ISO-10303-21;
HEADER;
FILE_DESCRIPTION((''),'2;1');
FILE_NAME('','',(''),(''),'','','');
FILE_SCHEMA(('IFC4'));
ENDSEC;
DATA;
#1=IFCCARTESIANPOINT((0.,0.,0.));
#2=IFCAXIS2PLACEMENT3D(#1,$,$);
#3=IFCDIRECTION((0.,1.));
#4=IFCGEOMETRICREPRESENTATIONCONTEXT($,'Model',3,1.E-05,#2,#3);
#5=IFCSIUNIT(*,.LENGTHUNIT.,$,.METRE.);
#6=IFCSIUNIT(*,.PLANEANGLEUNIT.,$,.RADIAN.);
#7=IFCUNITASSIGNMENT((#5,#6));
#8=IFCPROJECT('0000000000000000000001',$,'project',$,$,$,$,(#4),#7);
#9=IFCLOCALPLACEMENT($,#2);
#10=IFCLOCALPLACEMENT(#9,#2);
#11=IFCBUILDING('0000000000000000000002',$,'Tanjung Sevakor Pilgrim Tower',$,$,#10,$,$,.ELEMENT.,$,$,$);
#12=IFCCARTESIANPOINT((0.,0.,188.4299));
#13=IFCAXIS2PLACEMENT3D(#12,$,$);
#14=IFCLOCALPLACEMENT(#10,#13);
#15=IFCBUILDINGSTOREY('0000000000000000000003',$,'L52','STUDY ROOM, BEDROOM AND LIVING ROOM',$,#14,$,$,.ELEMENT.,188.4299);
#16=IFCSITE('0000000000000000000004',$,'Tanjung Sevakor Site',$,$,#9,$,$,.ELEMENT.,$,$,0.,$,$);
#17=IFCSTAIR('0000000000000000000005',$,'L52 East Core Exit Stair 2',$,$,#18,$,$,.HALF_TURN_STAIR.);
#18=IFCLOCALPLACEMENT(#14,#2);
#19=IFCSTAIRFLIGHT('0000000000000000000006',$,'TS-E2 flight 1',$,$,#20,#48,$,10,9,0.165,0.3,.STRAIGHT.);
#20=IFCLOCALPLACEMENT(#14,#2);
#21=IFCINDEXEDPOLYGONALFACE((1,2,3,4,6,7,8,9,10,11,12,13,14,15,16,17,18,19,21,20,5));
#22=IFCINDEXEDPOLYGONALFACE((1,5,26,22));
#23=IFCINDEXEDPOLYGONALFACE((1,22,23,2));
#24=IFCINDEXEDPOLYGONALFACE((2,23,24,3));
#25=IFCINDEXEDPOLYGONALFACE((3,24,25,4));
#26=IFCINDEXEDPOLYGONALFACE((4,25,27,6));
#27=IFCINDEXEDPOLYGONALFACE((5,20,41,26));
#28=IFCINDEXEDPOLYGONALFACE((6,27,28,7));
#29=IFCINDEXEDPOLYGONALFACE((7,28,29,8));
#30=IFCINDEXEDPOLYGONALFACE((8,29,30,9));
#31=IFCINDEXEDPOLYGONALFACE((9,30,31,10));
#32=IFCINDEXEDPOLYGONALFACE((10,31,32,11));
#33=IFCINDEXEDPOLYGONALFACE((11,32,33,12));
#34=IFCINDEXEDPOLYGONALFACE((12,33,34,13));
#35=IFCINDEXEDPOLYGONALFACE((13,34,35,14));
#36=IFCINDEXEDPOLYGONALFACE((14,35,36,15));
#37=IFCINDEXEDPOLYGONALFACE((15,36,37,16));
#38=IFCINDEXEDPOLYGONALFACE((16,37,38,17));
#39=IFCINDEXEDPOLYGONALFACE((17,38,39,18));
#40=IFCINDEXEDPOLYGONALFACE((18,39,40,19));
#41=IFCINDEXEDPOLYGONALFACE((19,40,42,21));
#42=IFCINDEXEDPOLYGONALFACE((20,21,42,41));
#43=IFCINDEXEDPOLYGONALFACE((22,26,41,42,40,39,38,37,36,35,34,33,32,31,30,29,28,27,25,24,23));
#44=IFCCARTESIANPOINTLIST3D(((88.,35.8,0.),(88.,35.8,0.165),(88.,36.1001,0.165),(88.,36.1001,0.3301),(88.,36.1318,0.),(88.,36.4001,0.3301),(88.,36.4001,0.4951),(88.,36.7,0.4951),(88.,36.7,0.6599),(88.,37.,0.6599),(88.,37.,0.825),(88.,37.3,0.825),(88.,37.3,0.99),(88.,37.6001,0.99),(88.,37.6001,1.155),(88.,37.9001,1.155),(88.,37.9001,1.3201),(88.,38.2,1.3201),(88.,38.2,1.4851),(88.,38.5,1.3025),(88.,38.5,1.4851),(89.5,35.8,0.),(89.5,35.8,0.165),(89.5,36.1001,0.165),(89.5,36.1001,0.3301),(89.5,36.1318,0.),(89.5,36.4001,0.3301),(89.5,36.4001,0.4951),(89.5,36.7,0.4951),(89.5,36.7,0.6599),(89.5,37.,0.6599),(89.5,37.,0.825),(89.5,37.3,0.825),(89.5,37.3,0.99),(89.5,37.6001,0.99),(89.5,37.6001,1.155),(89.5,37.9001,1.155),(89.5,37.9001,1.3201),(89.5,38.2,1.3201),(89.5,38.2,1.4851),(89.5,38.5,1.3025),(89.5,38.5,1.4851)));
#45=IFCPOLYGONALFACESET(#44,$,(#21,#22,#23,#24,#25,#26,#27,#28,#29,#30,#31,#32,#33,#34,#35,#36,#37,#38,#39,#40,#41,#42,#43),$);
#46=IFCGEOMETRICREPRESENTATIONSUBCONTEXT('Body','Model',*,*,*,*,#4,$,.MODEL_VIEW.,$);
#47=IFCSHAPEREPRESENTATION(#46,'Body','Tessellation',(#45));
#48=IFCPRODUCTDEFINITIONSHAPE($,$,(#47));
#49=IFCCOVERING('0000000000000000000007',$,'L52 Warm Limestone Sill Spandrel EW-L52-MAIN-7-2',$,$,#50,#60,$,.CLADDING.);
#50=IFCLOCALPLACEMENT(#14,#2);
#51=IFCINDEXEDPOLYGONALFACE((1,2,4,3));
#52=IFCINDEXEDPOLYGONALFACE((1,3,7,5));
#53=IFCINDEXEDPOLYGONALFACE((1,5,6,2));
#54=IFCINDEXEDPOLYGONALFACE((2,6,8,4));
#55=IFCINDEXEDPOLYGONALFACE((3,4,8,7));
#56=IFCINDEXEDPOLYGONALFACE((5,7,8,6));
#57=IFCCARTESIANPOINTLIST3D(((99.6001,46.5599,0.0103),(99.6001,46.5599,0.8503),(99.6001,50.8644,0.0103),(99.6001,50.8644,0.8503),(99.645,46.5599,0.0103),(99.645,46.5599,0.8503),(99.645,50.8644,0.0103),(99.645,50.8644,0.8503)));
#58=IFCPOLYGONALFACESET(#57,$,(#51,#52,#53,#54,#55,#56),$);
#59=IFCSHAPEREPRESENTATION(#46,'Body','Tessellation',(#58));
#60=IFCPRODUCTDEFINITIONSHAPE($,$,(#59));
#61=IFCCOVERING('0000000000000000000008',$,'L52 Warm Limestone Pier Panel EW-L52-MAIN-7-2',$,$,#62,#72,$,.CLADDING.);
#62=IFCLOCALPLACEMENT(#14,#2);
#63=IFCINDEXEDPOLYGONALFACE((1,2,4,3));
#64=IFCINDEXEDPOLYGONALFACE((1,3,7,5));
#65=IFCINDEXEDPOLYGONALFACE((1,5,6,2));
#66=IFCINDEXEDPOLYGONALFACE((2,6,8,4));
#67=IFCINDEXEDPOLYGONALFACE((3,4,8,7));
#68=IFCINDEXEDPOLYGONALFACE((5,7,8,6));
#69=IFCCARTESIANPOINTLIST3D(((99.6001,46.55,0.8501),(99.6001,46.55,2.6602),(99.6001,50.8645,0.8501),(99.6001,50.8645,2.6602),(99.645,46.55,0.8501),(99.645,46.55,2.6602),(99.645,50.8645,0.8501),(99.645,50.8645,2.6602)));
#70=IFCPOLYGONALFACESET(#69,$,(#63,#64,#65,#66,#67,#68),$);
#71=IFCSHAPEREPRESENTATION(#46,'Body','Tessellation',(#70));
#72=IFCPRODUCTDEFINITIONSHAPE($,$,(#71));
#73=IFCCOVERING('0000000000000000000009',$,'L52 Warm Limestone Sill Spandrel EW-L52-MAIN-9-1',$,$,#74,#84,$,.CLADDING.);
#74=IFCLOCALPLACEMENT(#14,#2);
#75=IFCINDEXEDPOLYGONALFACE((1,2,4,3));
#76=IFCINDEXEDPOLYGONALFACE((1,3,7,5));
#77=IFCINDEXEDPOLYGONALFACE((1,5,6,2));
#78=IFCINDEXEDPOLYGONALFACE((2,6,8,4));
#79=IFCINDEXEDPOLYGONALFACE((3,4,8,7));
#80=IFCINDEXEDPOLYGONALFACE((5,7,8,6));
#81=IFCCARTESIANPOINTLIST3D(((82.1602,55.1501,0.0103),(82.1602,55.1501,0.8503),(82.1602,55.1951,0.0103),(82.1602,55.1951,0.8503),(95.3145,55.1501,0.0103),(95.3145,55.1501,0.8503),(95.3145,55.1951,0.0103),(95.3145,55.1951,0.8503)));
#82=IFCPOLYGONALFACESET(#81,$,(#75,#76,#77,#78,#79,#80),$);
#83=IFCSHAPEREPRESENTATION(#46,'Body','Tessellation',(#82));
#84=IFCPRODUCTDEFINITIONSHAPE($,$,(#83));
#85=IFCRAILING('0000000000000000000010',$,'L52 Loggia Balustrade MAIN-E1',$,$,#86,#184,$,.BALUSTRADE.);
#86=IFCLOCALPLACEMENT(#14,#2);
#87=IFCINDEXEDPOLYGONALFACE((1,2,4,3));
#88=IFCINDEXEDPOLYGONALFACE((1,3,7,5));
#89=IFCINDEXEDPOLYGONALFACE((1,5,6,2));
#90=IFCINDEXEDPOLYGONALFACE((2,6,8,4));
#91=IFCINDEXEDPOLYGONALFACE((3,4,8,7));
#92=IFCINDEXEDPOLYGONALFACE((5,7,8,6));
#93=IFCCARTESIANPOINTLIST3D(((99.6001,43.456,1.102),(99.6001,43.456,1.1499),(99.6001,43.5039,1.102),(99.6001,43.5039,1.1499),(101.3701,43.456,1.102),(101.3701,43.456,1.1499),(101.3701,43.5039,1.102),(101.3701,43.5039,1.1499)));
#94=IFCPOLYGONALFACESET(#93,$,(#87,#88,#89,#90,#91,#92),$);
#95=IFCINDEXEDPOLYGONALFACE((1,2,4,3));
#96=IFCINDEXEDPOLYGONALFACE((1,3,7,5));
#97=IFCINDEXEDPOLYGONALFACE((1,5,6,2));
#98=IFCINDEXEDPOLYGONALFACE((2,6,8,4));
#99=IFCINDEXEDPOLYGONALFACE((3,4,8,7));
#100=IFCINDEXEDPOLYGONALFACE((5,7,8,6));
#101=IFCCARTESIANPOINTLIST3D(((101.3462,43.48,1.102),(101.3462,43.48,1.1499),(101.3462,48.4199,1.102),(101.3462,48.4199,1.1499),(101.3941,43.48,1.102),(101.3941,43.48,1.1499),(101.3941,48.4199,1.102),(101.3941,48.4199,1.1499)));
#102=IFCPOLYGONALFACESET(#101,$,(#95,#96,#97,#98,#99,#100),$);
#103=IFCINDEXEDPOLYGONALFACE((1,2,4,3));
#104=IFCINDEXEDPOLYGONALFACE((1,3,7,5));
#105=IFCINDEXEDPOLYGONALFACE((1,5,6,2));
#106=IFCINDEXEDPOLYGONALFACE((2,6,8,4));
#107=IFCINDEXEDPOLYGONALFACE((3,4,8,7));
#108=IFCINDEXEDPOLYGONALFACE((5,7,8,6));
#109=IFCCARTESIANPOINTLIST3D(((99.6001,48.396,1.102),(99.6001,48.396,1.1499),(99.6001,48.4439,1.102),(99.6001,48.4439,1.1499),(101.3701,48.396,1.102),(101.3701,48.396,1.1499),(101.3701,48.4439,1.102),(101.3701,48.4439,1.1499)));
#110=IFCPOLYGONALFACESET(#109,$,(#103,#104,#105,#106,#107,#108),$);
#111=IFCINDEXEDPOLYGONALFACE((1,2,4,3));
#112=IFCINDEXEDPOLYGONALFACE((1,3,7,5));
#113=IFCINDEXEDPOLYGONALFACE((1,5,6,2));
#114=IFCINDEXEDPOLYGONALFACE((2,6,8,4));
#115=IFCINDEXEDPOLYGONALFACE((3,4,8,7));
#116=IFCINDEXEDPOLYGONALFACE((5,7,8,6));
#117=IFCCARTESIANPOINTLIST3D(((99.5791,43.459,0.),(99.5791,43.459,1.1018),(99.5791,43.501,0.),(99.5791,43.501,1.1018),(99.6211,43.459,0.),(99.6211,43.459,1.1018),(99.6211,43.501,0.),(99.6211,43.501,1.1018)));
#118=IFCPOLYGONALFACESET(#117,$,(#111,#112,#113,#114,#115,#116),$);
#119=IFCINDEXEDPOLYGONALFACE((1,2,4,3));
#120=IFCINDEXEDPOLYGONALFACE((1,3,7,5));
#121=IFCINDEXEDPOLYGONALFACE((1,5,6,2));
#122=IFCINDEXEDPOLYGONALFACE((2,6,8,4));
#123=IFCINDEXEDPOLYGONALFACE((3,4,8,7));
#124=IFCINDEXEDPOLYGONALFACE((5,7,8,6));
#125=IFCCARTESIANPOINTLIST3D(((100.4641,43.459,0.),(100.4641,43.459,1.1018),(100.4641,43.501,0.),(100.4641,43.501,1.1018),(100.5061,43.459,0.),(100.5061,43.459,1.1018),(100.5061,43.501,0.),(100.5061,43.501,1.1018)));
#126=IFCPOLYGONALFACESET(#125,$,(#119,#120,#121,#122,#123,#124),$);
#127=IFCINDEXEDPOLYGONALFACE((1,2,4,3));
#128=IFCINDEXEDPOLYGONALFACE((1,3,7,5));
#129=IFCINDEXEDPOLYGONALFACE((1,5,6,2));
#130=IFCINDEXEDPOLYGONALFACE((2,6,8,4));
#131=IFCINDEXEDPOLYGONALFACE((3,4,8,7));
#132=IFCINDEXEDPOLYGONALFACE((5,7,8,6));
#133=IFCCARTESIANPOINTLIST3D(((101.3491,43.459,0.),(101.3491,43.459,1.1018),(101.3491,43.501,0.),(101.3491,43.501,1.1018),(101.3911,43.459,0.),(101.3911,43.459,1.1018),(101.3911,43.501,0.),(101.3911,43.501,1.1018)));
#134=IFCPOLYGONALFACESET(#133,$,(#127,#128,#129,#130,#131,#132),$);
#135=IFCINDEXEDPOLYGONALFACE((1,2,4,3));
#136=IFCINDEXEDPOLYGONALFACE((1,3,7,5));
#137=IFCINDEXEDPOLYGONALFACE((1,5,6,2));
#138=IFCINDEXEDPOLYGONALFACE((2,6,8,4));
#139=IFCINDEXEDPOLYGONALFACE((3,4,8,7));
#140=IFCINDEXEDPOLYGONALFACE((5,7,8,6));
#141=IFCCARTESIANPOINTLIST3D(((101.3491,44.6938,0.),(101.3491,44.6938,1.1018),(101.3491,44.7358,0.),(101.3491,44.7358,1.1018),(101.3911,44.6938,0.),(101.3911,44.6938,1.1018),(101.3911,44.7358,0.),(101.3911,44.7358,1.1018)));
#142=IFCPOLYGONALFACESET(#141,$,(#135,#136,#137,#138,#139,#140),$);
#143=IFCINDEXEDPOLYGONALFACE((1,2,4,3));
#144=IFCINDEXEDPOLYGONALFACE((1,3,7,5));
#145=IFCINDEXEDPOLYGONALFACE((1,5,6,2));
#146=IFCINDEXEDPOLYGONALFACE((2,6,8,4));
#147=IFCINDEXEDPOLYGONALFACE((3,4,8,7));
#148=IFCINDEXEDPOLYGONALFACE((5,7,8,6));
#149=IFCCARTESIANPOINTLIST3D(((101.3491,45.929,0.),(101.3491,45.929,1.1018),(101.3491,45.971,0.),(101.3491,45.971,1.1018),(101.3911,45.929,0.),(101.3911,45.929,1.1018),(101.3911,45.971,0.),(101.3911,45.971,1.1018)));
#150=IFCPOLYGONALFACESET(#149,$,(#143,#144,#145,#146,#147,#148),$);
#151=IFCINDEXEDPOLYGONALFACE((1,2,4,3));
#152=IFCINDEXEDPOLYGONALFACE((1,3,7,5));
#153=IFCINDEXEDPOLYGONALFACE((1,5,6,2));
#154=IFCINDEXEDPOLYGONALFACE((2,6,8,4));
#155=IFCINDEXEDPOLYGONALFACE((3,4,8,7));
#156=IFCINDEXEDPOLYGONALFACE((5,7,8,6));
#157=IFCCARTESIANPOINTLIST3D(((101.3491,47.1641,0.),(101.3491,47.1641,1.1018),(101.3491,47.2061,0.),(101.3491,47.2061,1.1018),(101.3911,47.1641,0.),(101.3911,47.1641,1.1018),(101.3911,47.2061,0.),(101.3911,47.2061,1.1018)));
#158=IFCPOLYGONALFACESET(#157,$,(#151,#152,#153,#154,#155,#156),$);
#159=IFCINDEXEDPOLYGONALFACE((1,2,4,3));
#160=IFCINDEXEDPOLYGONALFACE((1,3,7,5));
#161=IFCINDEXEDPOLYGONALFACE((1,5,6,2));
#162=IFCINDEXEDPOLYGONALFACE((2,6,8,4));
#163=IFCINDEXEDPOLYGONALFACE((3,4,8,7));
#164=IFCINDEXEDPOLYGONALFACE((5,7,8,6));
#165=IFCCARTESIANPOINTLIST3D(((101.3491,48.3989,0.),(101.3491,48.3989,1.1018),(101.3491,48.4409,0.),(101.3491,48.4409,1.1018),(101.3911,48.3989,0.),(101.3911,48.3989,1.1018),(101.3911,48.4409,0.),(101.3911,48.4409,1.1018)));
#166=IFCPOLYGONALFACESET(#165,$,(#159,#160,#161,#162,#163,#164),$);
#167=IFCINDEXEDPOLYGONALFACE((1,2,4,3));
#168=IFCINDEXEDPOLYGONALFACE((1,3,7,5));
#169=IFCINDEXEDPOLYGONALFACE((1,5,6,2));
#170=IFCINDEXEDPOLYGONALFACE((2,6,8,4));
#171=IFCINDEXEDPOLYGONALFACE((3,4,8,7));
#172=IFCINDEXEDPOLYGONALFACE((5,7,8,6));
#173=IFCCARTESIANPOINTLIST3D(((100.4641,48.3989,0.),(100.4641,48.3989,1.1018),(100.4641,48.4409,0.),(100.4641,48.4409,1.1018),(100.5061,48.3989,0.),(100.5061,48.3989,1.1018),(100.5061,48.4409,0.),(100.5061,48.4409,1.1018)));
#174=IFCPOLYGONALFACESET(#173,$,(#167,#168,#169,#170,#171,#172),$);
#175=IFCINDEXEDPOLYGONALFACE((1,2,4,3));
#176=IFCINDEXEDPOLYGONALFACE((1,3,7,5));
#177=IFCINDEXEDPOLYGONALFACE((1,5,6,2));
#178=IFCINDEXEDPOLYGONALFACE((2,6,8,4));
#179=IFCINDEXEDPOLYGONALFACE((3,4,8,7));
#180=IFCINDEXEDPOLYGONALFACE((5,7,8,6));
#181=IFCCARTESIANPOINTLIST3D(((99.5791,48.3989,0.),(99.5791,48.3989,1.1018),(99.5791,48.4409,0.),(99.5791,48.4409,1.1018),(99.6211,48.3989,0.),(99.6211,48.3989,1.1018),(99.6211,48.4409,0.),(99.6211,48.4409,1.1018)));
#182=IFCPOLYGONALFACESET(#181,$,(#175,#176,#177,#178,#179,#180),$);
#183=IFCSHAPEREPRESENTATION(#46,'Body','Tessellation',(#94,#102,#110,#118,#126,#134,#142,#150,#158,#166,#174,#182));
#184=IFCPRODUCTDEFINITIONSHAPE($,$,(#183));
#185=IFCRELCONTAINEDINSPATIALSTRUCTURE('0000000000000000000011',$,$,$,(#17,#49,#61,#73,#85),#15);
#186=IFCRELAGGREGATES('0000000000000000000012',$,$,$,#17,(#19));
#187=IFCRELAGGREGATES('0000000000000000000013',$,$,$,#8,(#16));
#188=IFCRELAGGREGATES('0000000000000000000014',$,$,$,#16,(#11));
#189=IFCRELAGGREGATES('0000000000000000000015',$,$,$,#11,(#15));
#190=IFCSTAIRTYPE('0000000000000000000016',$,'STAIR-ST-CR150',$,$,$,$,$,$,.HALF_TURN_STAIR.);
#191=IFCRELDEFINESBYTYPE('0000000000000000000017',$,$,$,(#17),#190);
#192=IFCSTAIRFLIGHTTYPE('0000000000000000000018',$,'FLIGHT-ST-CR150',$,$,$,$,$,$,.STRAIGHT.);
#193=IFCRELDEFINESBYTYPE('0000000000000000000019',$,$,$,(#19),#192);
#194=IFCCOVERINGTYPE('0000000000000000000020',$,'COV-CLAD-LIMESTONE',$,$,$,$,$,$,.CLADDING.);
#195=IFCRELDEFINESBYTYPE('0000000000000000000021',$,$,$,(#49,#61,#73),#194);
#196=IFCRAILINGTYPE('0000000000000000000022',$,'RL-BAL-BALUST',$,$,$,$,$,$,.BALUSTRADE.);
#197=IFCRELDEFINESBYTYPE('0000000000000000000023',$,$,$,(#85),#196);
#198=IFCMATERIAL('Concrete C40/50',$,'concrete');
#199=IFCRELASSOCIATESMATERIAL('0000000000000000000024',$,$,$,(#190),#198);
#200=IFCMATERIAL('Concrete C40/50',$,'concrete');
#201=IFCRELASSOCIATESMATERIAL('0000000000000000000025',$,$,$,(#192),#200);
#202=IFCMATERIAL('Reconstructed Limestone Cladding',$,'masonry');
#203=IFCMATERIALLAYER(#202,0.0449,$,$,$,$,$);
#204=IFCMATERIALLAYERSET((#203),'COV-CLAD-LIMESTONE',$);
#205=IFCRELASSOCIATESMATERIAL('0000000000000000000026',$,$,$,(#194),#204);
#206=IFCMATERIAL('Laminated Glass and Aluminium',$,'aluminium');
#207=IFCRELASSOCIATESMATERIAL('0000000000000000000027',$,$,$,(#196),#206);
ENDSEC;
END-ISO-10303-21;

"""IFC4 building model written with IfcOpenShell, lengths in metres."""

from ifc_helpers import new_model, si_unit, direction, frame, origin, origin_2d, place, context, subcontext, project, spatial, polyline, rectangle, outline, extrude, material, layer, layer_set, type_object, element, aggregate, save


model = new_model("IFC4")

# Units and contexts
model_context = context("Model", 3, precision=1e-05, world=origin(), true_north=direction((0.0, 1.0)))
body_context = subcontext(model_context, "Body", "Model", "MODEL_VIEW")
ifc_project = project(units=[si_unit("LENGTHUNIT", "METRE"), si_unit("PLANEANGLEUNIT", "RADIAN")], contexts=[model_context])

# Site, building, storey
site_placement = place(None, origin())
site = spatial("IfcSite", under=ifc_project, at=site_placement, Name="Tanjung Sevakor Site", CompositionType="ELEMENT", RefElevation=0.0)
building_placement = place(site_placement, origin())
building = spatial("IfcBuilding", under=site, at=building_placement, Name="Tanjung Sevakor Pilgrim Tower", CompositionType="ELEMENT")
storey_placement = place(building_placement, frame((0.0, 0.0, 188.4299)))
storey = spatial("IfcBuildingStorey", under=building, at=storey_placement, Name="L52", Description="STUDY ROOM, BEDROOM AND LIVING ROOM", CompositionType="ELEMENT", Elevation=188.4299)

# Stair, stair flight
ifc_material_1 = material(Name="Concrete C40/50", Category="concrete")
stair_type = type_object("IfcStairType", Name="STAIR-ST-CR150", PredefinedType="HALF_TURN_STAIR", material=ifc_material_1)
stair_placement = place(storey_placement, origin())
stair = element("IfcStair", 1, at=stair_placement, inside=storey, type_object=stair_type, Name="L52 East Core Exit Stair 2", PredefinedType="HALF_TURN_STAIR")
ifc_material_2 = material(Name="Concrete C40/50", Category="concrete")
stair_flight_type = type_object("IfcStairFlightType", Name="FLIGHT-ST-CR150", PredefinedType="STRAIGHT", material=ifc_material_2)
stair_flight_placement = place(storey_placement, frame((88.75, 35.8, 0.0), z_axis=(0.0, 0.0, 1.0), x_axis=(0.0, 1.0, 0.0)))
stair_flight = element("IfcStairFlight", 2, at=stair_flight_placement, type_object=stair_flight_type, Name="TS-E2 flight 1", NumberOfRisers=10, NumberOfTreads=9, PredefinedType="STRAIGHT", RiserHeight=0.165, TreadLength=0.3, context=body_context, shape_type="SweptSolid", body=[
    extrude(outline(polyline([(0.0, 0.0), (0.0, 0.165), (0.3, 0.165), (0.3, 0.3301), (0.6001, 0.3301), (0.6001, 0.4951), (0.8999, 0.4951), (0.8999, 0.6599), (1.2, 0.6599), (1.2, 0.825), (1.5, 0.825), (1.5, 0.99), (1.8, 0.99), (1.8, 1.155), (2.1001, 1.155), (2.1001, 1.3201), (2.3999, 1.3201), (2.3999, 1.4851), (2.7, 1.4851), (2.7, 1.6499), (2.7, 1.3025), (0.3318, 0.0), (0.0, 0.0)])), frame((0.0, 0.75, 0.0), z_axis=(0.0, -1.0, 0.0), x_axis=(1.0, 0.0, 0.0)), (0.0, 0.0, 1.0), 1.5),
])
aggregate(stair, [stair_flight])

# Coverings
ifc_material_3 = material(Name="Reconstructed Limestone Cladding", Category="masonry")
ifc_layer_1 = layer(ifc_material_3, 0.0449)
ifc_layer_set_1 = layer_set([ifc_layer_1], Name="COV-CLAD-LIMESTONE")
covering_type = type_object("IfcCoveringType", Name="COV-CLAD-LIMESTONE", PredefinedType="CLADDING", material=ifc_layer_set_1)
covering_1_placement = place(storey_placement, frame((99.6226, 48.7122, 0.0103), z_axis=(0.0, 0.0, 1.0), x_axis=(0.0, 1.0, 0.0)))
element("IfcCovering", 3, at=covering_1_placement, inside=storey, type_object=covering_type, Name="L52 Warm Limestone Sill Spandrel EW-L52-MAIN-7-2", PredefinedType="CLADDING", context=body_context, shape_type="SweptSolid", body=[
    extrude(rectangle(XDim=4.3044, YDim=0.0449, at=origin_2d()), origin(), (0.0, 0.0, 1.0), 0.8401),
])
covering_2_placement = place(storey_placement, frame((99.6226, 48.7073, 0.8501), z_axis=(0.0, 0.0, 1.0), x_axis=(0.0, 1.0, 0.0)))
element("IfcCovering", 4, at=covering_2_placement, inside=storey, type_object=covering_type, Name="L52 Warm Limestone Pier Panel EW-L52-MAIN-7-2", PredefinedType="CLADDING", context=body_context, shape_type="SweptSolid", body=[
    extrude(rectangle(XDim=4.3145, YDim=0.0449, at=origin_2d()), origin(), (0.0, 0.0, 1.0), 1.8101),
])
covering_3_placement = place(storey_placement, frame((88.7373, 55.1726, 0.0103), z_axis=(0.0, 0.0, 1.0), x_axis=(-1.0, 0.0, 0.0)))
element("IfcCovering", 5, at=covering_3_placement, inside=storey, type_object=covering_type, Name="L52 Warm Limestone Sill Spandrel EW-L52-MAIN-9-1", PredefinedType="CLADDING", context=body_context, shape_type="SweptSolid", body=[
    extrude(rectangle(XDim=13.1543, YDim=0.0449, at=origin_2d()), origin(), (0.0, 0.0, 1.0), 0.8401),
])

# Railing
ifc_material_4 = material(Name="Laminated Glass and Aluminium", Category="aluminium")
railing_type_1 = type_object("IfcRailingType", Name="RL-BAL-BALUST", PredefinedType="BALUSTRADE", material=ifc_material_4)
railing_1_placement = place(storey_placement, frame((99.6001, 43.48, 0.0)))
element("IfcRailing", 6, at=railing_1_placement, inside=storey, type_object=railing_type_1, Name="L52 Loggia Balustrade MAIN-E1", PredefinedType="BALUSTRADE", context=body_context, shape_type="SweptSolid", body=[
    extrude(rectangle(XDim=0.0479, YDim=0.0479), frame((0.0, 0.0, 1.126), z_axis=(1.0, 0.0, 0.0), x_axis=(0.0, 1.0, 0.0)), (0.0, 0.0, 1.0), 1.77),
    extrude(rectangle(XDim=0.0479, YDim=0.0479), frame((1.77, 0.0, 1.126), z_axis=(0.0, 1.0, 0.0), x_axis=(-1.0, 0.0, 0.0)), (0.0, 0.0, 1.0), 4.9399),
    extrude(rectangle(XDim=0.0479, YDim=0.0479), frame((1.77, 4.9399, 1.126), z_axis=(-1.0, 0.0, 0.0), x_axis=(0.0, -1.0, 0.0)), (0.0, 0.0, 1.0), 1.77),
    extrude(rectangle(XDim=0.042, YDim=0.042), origin(), (0.0, 0.0, 1.0), 1.1018),
    extrude(rectangle(XDim=0.042, YDim=0.042), frame((0.885, 0.0, 0.0)), (0.0, 0.0, 1.0), 1.1018),
    extrude(rectangle(XDim=0.042, YDim=0.042), frame((1.77, 0.0, 0.0)), (0.0, 0.0, 1.0), 1.1018),
    extrude(rectangle(XDim=0.042, YDim=0.042), frame((1.77, 1.2349, 0.0)), (0.0, 0.0, 1.0), 1.1018),
    extrude(rectangle(XDim=0.042, YDim=0.042), frame((1.77, 2.47, 0.0)), (0.0, 0.0, 1.0), 1.1018),
    extrude(rectangle(XDim=0.042, YDim=0.042), frame((1.77, 3.7051, 0.0)), (0.0, 0.0, 1.0), 1.1018),
    extrude(rectangle(XDim=0.042, YDim=0.042), frame((1.77, 4.9399, 0.0)), (0.0, 0.0, 1.0), 1.1018),
    extrude(rectangle(XDim=0.042, YDim=0.042), frame((0.885, 4.9399, 0.0)), (0.0, 0.0, 1.0), 1.1018),
    extrude(rectangle(XDim=0.042, YDim=0.042), frame((0.0, 4.9399, 0.0)), (0.0, 0.0, 1.0), 1.1018),
])

save(model, "model.ifc")
